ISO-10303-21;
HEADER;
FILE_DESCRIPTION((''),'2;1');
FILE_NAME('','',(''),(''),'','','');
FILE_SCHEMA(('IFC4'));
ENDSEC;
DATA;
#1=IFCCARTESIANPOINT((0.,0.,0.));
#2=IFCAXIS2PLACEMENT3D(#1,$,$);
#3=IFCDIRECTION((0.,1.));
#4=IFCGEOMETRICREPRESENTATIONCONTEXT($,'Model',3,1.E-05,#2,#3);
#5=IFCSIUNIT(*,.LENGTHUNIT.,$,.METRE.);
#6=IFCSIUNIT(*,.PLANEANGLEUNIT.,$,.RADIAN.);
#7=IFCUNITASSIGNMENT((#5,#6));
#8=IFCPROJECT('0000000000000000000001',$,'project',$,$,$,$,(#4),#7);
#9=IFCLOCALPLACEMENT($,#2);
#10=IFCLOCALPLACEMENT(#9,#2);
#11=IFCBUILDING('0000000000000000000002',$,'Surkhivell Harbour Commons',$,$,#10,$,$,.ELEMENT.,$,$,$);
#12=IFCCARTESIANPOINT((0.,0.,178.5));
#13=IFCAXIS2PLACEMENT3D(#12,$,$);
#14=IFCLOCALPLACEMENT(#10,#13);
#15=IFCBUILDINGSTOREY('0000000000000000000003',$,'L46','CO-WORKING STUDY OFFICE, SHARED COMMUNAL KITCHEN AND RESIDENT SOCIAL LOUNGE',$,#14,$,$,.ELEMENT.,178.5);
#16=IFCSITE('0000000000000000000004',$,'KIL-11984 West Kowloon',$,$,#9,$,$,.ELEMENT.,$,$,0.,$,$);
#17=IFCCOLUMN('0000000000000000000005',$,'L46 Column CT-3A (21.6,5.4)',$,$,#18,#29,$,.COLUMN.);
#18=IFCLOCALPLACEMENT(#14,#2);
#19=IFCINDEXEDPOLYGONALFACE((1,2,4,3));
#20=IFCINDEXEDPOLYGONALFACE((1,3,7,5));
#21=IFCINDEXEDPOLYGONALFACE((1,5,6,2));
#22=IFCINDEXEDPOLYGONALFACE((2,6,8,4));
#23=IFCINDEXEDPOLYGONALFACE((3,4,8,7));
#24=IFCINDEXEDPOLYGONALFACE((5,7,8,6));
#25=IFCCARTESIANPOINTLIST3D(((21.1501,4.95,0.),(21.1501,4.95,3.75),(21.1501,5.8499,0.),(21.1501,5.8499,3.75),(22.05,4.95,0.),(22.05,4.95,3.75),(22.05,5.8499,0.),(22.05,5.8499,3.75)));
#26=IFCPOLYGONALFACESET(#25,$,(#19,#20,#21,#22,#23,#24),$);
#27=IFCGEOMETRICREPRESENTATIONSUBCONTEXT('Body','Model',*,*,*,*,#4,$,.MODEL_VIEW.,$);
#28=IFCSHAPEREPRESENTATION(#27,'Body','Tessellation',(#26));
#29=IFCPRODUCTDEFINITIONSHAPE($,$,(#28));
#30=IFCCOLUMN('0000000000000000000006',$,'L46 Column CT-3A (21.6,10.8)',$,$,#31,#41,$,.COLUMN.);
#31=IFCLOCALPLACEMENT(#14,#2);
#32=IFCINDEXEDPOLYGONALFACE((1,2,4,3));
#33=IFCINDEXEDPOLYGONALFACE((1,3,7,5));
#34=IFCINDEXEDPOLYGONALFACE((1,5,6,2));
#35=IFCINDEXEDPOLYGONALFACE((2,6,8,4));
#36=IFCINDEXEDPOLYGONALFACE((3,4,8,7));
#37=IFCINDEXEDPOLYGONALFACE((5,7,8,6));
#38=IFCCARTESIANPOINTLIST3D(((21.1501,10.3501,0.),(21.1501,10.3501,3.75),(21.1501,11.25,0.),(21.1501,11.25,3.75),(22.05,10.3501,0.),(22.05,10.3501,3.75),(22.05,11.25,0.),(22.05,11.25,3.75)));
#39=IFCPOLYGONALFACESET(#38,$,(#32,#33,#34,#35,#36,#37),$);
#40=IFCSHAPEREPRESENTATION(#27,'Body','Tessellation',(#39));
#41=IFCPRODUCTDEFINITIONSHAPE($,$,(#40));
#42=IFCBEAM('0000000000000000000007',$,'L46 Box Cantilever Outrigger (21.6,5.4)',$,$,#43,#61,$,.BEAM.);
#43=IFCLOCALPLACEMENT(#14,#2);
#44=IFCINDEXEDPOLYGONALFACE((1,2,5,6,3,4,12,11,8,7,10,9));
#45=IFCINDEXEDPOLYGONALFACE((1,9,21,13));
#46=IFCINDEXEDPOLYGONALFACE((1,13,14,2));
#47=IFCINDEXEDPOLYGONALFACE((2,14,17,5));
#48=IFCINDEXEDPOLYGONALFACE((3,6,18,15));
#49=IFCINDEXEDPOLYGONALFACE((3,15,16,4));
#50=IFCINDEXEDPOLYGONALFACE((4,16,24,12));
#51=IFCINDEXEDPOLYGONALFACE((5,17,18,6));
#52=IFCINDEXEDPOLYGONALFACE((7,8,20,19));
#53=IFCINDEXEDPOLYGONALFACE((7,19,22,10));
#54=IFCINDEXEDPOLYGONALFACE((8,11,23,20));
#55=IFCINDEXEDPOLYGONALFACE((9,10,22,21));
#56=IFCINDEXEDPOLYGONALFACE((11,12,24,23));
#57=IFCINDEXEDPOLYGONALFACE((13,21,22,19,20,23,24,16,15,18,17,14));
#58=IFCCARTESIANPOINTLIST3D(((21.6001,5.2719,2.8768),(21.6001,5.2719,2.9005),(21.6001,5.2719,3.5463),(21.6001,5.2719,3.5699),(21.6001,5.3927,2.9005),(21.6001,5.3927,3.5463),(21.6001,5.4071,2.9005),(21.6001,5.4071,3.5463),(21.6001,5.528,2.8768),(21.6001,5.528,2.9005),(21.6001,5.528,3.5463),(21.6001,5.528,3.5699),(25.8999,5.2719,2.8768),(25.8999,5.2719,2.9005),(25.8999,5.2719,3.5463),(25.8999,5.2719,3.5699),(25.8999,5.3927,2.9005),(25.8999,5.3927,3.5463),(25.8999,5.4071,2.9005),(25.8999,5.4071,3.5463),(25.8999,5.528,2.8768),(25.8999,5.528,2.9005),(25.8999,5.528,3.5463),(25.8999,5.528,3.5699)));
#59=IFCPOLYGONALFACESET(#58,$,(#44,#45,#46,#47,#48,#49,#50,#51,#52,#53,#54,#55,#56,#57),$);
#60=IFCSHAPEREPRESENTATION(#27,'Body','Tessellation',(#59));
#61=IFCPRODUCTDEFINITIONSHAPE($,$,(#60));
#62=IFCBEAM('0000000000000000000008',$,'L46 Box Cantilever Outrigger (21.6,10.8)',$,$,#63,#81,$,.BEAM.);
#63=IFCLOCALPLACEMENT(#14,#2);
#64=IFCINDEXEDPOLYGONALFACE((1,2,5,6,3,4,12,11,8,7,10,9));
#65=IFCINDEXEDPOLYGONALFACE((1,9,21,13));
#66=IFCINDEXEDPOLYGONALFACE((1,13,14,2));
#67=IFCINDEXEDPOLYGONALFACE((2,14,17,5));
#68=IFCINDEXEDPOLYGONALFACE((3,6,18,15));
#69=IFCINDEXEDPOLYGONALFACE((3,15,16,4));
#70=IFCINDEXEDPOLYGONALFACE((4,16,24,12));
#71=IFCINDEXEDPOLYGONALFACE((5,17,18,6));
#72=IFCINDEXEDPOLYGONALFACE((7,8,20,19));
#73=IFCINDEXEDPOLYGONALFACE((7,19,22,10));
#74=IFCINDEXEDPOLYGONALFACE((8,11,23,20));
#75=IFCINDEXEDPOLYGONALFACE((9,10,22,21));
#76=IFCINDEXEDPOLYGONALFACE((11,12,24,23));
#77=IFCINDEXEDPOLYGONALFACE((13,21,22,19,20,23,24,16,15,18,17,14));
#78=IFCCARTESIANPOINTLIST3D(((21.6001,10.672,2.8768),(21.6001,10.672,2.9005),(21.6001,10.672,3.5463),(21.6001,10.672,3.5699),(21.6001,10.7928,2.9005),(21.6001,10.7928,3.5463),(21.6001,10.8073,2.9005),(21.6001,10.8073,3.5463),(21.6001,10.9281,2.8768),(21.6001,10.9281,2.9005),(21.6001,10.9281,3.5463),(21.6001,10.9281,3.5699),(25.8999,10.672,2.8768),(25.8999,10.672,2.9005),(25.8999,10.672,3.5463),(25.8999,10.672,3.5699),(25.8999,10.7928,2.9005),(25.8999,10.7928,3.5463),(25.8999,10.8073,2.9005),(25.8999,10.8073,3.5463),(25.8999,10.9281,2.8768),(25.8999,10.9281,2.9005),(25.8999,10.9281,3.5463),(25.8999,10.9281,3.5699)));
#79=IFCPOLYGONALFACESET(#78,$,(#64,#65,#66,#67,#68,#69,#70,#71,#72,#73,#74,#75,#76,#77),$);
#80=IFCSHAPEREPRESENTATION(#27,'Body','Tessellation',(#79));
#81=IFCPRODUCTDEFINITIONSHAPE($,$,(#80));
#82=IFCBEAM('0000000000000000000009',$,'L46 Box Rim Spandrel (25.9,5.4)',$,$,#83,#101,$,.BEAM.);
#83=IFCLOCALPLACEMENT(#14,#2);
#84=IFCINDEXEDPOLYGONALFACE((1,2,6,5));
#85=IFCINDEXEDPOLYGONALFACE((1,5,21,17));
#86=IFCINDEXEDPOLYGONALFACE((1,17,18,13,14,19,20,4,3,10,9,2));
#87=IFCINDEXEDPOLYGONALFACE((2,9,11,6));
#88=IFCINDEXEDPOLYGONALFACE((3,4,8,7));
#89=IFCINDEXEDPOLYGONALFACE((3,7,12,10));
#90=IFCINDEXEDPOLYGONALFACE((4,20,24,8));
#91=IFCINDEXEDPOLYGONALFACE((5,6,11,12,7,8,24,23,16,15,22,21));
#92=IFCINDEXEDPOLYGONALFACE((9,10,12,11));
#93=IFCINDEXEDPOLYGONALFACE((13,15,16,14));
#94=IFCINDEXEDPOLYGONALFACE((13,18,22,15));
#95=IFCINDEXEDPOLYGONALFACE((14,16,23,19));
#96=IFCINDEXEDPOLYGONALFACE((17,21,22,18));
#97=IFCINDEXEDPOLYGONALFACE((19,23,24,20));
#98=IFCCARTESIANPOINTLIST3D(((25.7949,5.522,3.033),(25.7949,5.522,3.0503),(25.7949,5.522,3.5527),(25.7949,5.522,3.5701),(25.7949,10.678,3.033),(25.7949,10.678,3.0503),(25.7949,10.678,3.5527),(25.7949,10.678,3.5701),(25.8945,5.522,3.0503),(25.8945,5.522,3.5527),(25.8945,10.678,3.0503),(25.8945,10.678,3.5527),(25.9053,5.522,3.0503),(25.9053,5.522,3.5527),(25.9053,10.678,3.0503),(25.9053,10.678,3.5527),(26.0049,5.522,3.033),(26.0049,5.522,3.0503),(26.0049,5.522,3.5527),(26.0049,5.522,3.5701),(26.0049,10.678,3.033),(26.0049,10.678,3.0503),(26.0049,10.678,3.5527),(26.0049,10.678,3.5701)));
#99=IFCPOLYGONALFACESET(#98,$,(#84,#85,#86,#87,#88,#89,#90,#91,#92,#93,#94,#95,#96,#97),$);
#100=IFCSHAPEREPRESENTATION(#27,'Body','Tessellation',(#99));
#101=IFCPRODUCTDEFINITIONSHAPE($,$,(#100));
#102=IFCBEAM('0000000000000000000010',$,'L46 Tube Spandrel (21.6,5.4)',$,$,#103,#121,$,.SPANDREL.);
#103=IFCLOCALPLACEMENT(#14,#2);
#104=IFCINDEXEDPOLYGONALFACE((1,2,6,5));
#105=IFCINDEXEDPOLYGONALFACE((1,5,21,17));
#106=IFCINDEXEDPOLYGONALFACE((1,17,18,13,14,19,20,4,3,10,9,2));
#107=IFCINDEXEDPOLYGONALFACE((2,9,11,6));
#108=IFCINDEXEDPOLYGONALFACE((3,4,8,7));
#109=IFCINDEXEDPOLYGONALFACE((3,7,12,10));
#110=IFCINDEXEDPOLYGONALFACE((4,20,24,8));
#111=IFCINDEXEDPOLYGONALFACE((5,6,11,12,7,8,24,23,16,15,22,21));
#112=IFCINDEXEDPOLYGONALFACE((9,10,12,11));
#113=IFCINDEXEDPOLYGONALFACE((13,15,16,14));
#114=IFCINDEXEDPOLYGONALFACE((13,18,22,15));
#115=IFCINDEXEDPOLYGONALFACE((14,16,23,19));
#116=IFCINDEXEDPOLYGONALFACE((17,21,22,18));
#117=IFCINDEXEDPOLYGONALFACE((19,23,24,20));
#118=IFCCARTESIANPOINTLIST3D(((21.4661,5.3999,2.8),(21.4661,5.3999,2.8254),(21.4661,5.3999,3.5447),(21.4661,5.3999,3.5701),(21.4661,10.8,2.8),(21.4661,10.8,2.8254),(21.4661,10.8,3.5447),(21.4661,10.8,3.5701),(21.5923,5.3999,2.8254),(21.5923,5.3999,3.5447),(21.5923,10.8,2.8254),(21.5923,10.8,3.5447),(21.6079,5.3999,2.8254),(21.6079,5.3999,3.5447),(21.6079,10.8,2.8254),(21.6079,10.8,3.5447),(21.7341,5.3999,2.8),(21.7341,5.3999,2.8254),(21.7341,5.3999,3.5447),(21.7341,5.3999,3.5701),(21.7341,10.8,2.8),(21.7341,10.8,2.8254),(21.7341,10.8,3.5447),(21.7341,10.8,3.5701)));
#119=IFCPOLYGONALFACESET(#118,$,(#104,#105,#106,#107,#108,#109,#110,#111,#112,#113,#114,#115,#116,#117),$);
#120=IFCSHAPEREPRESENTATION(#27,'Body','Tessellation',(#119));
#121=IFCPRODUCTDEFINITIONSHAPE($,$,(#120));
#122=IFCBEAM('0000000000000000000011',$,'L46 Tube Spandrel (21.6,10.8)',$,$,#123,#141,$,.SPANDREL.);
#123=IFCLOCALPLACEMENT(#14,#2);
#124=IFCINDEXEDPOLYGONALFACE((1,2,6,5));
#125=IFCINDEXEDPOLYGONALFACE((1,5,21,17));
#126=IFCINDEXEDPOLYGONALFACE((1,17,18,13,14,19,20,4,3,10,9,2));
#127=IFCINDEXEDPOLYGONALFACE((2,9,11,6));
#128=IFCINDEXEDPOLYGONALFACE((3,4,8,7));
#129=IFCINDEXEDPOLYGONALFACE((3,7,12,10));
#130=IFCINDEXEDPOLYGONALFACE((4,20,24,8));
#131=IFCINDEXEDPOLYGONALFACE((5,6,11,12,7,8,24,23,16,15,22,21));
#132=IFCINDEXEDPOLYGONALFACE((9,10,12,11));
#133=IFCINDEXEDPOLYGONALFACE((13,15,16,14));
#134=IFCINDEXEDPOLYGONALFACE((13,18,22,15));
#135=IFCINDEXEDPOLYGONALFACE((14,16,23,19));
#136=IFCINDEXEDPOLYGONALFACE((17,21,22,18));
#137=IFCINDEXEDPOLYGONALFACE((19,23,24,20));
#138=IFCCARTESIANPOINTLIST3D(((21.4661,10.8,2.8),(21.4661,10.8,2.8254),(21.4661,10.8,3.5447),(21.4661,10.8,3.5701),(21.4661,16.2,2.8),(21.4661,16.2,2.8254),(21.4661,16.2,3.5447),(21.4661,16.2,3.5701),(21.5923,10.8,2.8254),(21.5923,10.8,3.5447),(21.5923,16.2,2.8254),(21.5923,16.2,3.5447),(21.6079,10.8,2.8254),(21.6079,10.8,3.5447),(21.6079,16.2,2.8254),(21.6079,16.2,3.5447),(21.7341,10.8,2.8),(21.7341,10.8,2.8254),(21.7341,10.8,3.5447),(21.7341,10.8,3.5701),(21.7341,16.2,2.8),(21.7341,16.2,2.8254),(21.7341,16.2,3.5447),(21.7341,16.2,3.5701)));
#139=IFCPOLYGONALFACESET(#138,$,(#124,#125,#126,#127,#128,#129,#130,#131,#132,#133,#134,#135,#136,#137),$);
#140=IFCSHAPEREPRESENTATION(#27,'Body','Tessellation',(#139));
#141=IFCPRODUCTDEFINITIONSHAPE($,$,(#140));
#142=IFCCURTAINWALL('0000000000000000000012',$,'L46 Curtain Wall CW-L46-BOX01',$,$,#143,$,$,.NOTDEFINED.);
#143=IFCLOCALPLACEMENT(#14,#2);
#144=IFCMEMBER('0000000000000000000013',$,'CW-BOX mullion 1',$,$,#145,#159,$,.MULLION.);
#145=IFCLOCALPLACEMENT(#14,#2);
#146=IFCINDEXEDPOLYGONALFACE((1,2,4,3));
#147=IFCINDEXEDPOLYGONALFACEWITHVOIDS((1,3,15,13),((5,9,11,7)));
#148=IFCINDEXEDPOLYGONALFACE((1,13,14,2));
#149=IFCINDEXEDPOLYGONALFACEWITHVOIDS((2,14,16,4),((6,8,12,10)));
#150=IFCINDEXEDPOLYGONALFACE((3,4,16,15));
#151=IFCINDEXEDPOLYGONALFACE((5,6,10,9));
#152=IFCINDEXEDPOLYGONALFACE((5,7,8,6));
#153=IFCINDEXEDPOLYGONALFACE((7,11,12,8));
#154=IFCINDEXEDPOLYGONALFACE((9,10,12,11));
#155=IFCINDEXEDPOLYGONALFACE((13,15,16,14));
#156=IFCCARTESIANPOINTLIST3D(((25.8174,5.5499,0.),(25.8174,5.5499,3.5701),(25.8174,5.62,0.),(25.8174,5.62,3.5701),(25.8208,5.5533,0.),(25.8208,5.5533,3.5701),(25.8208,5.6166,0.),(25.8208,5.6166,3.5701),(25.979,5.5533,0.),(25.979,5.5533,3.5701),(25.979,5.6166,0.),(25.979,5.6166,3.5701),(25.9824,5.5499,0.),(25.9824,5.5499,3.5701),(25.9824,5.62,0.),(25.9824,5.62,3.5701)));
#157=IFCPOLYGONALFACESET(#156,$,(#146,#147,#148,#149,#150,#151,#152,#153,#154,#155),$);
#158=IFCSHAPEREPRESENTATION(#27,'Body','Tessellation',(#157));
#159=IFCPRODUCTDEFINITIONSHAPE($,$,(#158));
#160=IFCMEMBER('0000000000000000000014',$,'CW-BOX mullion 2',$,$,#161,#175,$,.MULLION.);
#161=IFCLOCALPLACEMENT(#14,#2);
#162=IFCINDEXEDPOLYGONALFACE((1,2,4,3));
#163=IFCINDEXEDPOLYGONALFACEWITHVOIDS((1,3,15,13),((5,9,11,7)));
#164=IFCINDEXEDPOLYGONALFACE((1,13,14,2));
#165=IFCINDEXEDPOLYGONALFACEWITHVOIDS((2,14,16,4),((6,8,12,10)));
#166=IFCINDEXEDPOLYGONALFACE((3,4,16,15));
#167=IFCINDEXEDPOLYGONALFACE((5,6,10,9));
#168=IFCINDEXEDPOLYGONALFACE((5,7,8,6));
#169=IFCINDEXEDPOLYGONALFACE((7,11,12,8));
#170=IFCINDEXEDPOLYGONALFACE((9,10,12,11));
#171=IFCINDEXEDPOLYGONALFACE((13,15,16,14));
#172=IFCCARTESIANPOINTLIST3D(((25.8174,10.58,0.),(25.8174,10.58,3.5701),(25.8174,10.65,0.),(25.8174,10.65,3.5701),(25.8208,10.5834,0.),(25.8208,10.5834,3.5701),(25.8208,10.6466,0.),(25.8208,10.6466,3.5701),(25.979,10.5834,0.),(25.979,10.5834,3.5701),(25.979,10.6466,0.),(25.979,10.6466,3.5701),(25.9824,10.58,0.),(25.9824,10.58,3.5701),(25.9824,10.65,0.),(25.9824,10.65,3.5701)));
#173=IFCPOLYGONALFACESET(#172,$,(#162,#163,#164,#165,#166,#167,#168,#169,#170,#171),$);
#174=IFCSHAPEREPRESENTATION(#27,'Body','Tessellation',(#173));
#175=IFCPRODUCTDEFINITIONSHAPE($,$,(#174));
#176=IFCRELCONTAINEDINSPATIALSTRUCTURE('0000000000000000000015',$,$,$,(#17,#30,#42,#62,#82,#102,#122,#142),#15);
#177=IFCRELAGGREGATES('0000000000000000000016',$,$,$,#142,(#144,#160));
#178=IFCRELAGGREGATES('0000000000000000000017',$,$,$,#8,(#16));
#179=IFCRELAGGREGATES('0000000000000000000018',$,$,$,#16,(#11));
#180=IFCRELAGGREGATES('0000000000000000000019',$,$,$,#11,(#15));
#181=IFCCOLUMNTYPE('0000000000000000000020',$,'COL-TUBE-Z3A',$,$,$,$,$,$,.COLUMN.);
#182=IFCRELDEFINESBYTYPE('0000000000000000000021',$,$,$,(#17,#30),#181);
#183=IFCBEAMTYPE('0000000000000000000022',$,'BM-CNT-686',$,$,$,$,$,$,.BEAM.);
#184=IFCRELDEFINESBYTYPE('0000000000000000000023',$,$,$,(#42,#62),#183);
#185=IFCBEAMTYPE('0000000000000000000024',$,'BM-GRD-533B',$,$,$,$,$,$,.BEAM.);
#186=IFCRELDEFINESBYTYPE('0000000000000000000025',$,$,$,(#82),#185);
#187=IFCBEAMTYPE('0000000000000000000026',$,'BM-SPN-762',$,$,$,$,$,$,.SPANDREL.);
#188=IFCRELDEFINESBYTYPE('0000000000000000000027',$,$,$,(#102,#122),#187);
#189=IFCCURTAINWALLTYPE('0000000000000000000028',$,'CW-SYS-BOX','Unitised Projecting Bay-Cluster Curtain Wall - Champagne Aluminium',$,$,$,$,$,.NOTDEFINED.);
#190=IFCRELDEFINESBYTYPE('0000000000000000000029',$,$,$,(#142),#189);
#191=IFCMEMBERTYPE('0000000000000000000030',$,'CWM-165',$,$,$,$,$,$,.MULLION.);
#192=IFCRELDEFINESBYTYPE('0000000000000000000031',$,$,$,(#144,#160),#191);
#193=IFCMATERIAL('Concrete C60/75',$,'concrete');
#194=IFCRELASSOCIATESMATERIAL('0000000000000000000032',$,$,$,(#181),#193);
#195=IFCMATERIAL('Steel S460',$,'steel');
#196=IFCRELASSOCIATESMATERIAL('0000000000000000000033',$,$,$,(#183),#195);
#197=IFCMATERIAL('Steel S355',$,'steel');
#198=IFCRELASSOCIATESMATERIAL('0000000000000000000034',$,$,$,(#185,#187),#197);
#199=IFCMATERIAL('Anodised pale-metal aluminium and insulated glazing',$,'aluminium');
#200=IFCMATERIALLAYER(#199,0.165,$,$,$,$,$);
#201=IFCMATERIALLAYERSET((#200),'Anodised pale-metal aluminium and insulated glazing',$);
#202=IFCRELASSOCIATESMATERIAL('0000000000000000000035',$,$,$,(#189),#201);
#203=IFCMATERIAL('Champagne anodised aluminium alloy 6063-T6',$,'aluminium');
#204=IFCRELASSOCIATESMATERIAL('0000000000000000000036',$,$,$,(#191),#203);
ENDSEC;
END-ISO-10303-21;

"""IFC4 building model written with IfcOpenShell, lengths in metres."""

from ifc_helpers import new_model, si_unit, direction, frame, origin, origin_2d, place, context, subcontext, project, spatial, rectangle, hollow_rectangle, i_section, extrude, material, layer, layer_set, material_profile, profile_set, type_object, element, aggregate, save


model = new_model("IFC4")

# Units and contexts
model_context = context("Model", 3, precision=1e-05, world=origin(), true_north=direction((0.0, 1.0)))
body_context = subcontext(model_context, "Body", "Model", "MODEL_VIEW")
ifc_project = project(units=[si_unit("LENGTHUNIT", "METRE"), si_unit("PLANEANGLEUNIT", "RADIAN")], contexts=[model_context])

# Site, building, storey
site_placement = place(None, origin())
site = spatial("IfcSite", under=ifc_project, at=site_placement, Name="KIL-11984 West Kowloon", CompositionType="ELEMENT", RefElevation=0.0)
building_placement = place(site_placement, origin())
building = spatial("IfcBuilding", under=site, at=building_placement, Name="Surkhivell Harbour Commons", CompositionType="ELEMENT")
storey_placement = place(building_placement, frame((0.0, 0.0, 178.5)))
storey = spatial("IfcBuildingStorey", under=building, at=storey_placement, Name="L46", Description="CO-WORKING STUDY OFFICE, SHARED COMMUNAL KITCHEN AND RESIDENT SOCIAL LOUNGE", CompositionType="ELEMENT", Elevation=178.5)

# Columns
ifc_material_1 = material(Name="Concrete C60/75", Category="concrete")
ifc_material_profile_1 = material_profile(ifc_material_1, rectangle(XDim=0.8999, YDim=0.8999, at=origin_2d()), Name="RC-COL-900x900")
ifc_profile_set_1 = profile_set([ifc_material_profile_1], Name="Concrete C60/75")
column_type = type_object("IfcColumnType", Name="COL-TUBE-Z3A", PredefinedType="COLUMN", material=ifc_profile_set_1)
for number, where, z_axis, x_axis, name in (
    (1, (21.6001, 5.3999, 0.0), (0.0, 0.0, 1.0), (1.0, 0.0, 0.0), "L46 Column CT-3A (21.6,5.4)"),
    (2, (21.6001, 10.8, 0.0), (0.0, 0.0, 1.0), (1.0, 0.0, 0.0), "L46 Column CT-3A (21.6,10.8)"),
):
    element("IfcColumn", number, at=place(storey_placement, frame(where, z_axis=z_axis, x_axis=x_axis)), inside=storey, type_object=column_type, Name=name, PredefinedType="COLUMN", context=body_context, shape_type="SweptSolid", body=[
        extrude(rectangle(XDim=0.8999, YDim=0.8999, at=origin_2d()), origin(), (0.0, 0.0, 1.0), 3.75),
    ])

# Beams
ifc_material_2 = material(Name="Steel S460", Category="steel")
ifc_material_profile_2 = material_profile(ifc_material_2, i_section(OverallWidth=0.2561, OverallDepth=0.6931, WebThickness=0.0144, FlangeThickness=0.0237, at=origin_2d()), Name="UB686x254x170")
ifc_profile_set_2 = profile_set([ifc_material_profile_2], Name="Steel S460")
beam_type_1 = type_object("IfcBeamType", Name="BM-CNT-686", PredefinedType="BEAM", material=ifc_profile_set_2)
for number, where, z_axis, x_axis, name in (
    (3, (21.6001, 5.3999, 3.2234), (1.0, 0.0, 0.0), (0.0, 1.0, 0.0), "L46 Box Cantilever Outrigger (21.6,5.4)"),
    (4, (21.6001, 10.8, 3.2234), (1.0, 0.0, 0.0), (0.0, 1.0, 0.0), "L46 Box Cantilever Outrigger (21.6,10.8)"),
):
    element("IfcBeam", number, at=place(storey_placement, frame(where, z_axis=z_axis, x_axis=x_axis)), inside=storey, type_object=beam_type_1, Name=name, PredefinedType="BEAM", context=body_context, shape_type="SweptSolid", body=[
        extrude(i_section(OverallWidth=0.2561, OverallDepth=0.6931, WebThickness=0.0144, FlangeThickness=0.0237, at=origin_2d()), origin(), (0.0, 0.0, 1.0), 4.2998),
    ])
ifc_material_3 = material(Name="Steel S355", Category="steel")
ifc_material_profile_3 = material_profile(ifc_material_3, i_section(OverallWidth=0.21, OverallDepth=0.5371, WebThickness=0.0107, FlangeThickness=0.0173, at=origin_2d()), Name="UB533x210x101")
ifc_profile_set_3 = profile_set([ifc_material_profile_3], Name="Steel S355")
beam_type_2 = type_object("IfcBeamType", Name="BM-GRD-533B", PredefinedType="BEAM", material=ifc_profile_set_3)
beam_1_placement = place(storey_placement, frame((25.8999, 5.522, 3.3015), z_axis=(0.0, 1.0, 0.0), x_axis=(-1.0, 0.0, 0.0)))
element("IfcBeam", 5, at=beam_1_placement, inside=storey, type_object=beam_type_2, Name="L46 Box Rim Spandrel (25.9,5.4)", PredefinedType="BEAM", context=body_context, shape_type="SweptSolid", body=[
    extrude(i_section(OverallWidth=0.21, OverallDepth=0.5371, WebThickness=0.0107, FlangeThickness=0.0173, at=origin_2d()), origin(), (0.0, 0.0, 1.0), 5.156),
])
ifc_material_profile_4 = material_profile(ifc_material_3, i_section(OverallWidth=0.2681, OverallDepth=0.77, WebThickness=0.0156, FlangeThickness=0.0254, at=origin_2d()), Name="UB762x267x197")
ifc_profile_set_4 = profile_set([ifc_material_profile_4], Name="Steel S355")
beam_type_3 = type_object("IfcBeamType", Name="BM-SPN-762", PredefinedType="SPANDREL", material=ifc_profile_set_4)
beam_2_placement = place(storey_placement, frame((21.6001, 5.3999, 3.1851), z_axis=(0.0, 1.0, 0.0), x_axis=(-1.0, 0.0, 0.0)))
element("IfcBeam", 6, at=beam_2_placement, inside=storey, type_object=beam_type_3, Name="L46 Tube Spandrel (21.6,5.4)", PredefinedType="SPANDREL", context=body_context, shape_type="SweptSolid", body=[
    extrude(i_section(OverallWidth=0.2681, OverallDepth=0.77, WebThickness=0.0156, FlangeThickness=0.0254, at=origin_2d()), origin(), (0.0, 0.0, 1.0), 5.4001),
])
beam_3_placement = place(storey_placement, frame((21.6001, 10.8, 3.1851), z_axis=(0.0, 1.0, 0.0), x_axis=(-1.0, 0.0, 0.0)))
element("IfcBeam", 7, at=beam_3_placement, inside=storey, type_object=beam_type_3, Name="L46 Tube Spandrel (21.6,10.8)", PredefinedType="SPANDREL", context=body_context, shape_type="SweptSolid", body=[
    extrude(i_section(OverallWidth=0.2681, OverallDepth=0.77, WebThickness=0.0156, FlangeThickness=0.0254, at=origin_2d()), origin(), (0.0, 0.0, 1.0), 5.3999),
])

# Curtain wall, members
ifc_material_4 = material(Name="Anodised pale-metal aluminium and insulated glazing", Category="aluminium")
ifc_layer_1 = layer(ifc_material_4, 0.165)
ifc_layer_set_1 = layer_set([ifc_layer_1], Name="Anodised pale-metal aluminium and insulated glazing")
curtain_wall_type_1 = type_object("IfcCurtainWallType", Name="CW-SYS-BOX", Description="Unitised Projecting Bay-Cluster Curtain Wall - Champagne Aluminium", PredefinedType="NOTDEFINED", material=ifc_layer_set_1)
curtain_wall_1_placement = place(storey_placement, origin())
curtain_wall_1 = element("IfcCurtainWall", 8, at=curtain_wall_1_placement, inside=storey, type_object=curtain_wall_type_1, Name="L46 Curtain Wall CW-L46-BOX01", PredefinedType="NOTDEFINED")
ifc_material_5 = material(Name="Champagne anodised aluminium alloy 6063-T6", Category="aluminium")
ifc_material_profile_5 = material_profile(ifc_material_5, hollow_rectangle(XDim=0.0701, YDim=0.165, WallThickness=0.0034, at=origin_2d()), Name="ALU-MULL-70x165")
ifc_profile_set_5 = profile_set([ifc_material_profile_5], Name="Champagne anodised aluminium alloy 6063-T6")
member_type_1 = type_object("IfcMemberType", Name="CWM-165", PredefinedType="MULLION", material=ifc_profile_set_5)
member_1_placement = place(storey_placement, frame((25.8999, 5.585, 0.0), z_axis=(0.0, 0.0, 1.0), x_axis=(0.0, 1.0, 0.0)))
member_1 = element("IfcMember", 9, at=member_1_placement, type_object=member_type_1, Name="CW-BOX mullion 1", PredefinedType="MULLION", context=body_context, shape_type="SweptSolid", body=[
    extrude(hollow_rectangle(XDim=0.0701, YDim=0.165, WallThickness=0.0034, at=origin_2d()), origin(), (0.0, 0.0, 1.0), 3.5701),
])
member_2_placement = place(storey_placement, frame((25.8999, 10.615, 0.0), z_axis=(0.0, 0.0, 1.0), x_axis=(0.0, 1.0, 0.0)))
member_2 = element("IfcMember", 10, at=member_2_placement, type_object=member_type_1, Name="CW-BOX mullion 2", PredefinedType="MULLION", context=body_context, shape_type="SweptSolid", body=[
    extrude(hollow_rectangle(XDim=0.0701, YDim=0.165, WallThickness=0.0034, at=origin_2d()), origin(), (0.0, 0.0, 1.0), 3.5701),
])

aggregate(curtain_wall_1, [member_1, member_2])

save(model, "model.ifc")
